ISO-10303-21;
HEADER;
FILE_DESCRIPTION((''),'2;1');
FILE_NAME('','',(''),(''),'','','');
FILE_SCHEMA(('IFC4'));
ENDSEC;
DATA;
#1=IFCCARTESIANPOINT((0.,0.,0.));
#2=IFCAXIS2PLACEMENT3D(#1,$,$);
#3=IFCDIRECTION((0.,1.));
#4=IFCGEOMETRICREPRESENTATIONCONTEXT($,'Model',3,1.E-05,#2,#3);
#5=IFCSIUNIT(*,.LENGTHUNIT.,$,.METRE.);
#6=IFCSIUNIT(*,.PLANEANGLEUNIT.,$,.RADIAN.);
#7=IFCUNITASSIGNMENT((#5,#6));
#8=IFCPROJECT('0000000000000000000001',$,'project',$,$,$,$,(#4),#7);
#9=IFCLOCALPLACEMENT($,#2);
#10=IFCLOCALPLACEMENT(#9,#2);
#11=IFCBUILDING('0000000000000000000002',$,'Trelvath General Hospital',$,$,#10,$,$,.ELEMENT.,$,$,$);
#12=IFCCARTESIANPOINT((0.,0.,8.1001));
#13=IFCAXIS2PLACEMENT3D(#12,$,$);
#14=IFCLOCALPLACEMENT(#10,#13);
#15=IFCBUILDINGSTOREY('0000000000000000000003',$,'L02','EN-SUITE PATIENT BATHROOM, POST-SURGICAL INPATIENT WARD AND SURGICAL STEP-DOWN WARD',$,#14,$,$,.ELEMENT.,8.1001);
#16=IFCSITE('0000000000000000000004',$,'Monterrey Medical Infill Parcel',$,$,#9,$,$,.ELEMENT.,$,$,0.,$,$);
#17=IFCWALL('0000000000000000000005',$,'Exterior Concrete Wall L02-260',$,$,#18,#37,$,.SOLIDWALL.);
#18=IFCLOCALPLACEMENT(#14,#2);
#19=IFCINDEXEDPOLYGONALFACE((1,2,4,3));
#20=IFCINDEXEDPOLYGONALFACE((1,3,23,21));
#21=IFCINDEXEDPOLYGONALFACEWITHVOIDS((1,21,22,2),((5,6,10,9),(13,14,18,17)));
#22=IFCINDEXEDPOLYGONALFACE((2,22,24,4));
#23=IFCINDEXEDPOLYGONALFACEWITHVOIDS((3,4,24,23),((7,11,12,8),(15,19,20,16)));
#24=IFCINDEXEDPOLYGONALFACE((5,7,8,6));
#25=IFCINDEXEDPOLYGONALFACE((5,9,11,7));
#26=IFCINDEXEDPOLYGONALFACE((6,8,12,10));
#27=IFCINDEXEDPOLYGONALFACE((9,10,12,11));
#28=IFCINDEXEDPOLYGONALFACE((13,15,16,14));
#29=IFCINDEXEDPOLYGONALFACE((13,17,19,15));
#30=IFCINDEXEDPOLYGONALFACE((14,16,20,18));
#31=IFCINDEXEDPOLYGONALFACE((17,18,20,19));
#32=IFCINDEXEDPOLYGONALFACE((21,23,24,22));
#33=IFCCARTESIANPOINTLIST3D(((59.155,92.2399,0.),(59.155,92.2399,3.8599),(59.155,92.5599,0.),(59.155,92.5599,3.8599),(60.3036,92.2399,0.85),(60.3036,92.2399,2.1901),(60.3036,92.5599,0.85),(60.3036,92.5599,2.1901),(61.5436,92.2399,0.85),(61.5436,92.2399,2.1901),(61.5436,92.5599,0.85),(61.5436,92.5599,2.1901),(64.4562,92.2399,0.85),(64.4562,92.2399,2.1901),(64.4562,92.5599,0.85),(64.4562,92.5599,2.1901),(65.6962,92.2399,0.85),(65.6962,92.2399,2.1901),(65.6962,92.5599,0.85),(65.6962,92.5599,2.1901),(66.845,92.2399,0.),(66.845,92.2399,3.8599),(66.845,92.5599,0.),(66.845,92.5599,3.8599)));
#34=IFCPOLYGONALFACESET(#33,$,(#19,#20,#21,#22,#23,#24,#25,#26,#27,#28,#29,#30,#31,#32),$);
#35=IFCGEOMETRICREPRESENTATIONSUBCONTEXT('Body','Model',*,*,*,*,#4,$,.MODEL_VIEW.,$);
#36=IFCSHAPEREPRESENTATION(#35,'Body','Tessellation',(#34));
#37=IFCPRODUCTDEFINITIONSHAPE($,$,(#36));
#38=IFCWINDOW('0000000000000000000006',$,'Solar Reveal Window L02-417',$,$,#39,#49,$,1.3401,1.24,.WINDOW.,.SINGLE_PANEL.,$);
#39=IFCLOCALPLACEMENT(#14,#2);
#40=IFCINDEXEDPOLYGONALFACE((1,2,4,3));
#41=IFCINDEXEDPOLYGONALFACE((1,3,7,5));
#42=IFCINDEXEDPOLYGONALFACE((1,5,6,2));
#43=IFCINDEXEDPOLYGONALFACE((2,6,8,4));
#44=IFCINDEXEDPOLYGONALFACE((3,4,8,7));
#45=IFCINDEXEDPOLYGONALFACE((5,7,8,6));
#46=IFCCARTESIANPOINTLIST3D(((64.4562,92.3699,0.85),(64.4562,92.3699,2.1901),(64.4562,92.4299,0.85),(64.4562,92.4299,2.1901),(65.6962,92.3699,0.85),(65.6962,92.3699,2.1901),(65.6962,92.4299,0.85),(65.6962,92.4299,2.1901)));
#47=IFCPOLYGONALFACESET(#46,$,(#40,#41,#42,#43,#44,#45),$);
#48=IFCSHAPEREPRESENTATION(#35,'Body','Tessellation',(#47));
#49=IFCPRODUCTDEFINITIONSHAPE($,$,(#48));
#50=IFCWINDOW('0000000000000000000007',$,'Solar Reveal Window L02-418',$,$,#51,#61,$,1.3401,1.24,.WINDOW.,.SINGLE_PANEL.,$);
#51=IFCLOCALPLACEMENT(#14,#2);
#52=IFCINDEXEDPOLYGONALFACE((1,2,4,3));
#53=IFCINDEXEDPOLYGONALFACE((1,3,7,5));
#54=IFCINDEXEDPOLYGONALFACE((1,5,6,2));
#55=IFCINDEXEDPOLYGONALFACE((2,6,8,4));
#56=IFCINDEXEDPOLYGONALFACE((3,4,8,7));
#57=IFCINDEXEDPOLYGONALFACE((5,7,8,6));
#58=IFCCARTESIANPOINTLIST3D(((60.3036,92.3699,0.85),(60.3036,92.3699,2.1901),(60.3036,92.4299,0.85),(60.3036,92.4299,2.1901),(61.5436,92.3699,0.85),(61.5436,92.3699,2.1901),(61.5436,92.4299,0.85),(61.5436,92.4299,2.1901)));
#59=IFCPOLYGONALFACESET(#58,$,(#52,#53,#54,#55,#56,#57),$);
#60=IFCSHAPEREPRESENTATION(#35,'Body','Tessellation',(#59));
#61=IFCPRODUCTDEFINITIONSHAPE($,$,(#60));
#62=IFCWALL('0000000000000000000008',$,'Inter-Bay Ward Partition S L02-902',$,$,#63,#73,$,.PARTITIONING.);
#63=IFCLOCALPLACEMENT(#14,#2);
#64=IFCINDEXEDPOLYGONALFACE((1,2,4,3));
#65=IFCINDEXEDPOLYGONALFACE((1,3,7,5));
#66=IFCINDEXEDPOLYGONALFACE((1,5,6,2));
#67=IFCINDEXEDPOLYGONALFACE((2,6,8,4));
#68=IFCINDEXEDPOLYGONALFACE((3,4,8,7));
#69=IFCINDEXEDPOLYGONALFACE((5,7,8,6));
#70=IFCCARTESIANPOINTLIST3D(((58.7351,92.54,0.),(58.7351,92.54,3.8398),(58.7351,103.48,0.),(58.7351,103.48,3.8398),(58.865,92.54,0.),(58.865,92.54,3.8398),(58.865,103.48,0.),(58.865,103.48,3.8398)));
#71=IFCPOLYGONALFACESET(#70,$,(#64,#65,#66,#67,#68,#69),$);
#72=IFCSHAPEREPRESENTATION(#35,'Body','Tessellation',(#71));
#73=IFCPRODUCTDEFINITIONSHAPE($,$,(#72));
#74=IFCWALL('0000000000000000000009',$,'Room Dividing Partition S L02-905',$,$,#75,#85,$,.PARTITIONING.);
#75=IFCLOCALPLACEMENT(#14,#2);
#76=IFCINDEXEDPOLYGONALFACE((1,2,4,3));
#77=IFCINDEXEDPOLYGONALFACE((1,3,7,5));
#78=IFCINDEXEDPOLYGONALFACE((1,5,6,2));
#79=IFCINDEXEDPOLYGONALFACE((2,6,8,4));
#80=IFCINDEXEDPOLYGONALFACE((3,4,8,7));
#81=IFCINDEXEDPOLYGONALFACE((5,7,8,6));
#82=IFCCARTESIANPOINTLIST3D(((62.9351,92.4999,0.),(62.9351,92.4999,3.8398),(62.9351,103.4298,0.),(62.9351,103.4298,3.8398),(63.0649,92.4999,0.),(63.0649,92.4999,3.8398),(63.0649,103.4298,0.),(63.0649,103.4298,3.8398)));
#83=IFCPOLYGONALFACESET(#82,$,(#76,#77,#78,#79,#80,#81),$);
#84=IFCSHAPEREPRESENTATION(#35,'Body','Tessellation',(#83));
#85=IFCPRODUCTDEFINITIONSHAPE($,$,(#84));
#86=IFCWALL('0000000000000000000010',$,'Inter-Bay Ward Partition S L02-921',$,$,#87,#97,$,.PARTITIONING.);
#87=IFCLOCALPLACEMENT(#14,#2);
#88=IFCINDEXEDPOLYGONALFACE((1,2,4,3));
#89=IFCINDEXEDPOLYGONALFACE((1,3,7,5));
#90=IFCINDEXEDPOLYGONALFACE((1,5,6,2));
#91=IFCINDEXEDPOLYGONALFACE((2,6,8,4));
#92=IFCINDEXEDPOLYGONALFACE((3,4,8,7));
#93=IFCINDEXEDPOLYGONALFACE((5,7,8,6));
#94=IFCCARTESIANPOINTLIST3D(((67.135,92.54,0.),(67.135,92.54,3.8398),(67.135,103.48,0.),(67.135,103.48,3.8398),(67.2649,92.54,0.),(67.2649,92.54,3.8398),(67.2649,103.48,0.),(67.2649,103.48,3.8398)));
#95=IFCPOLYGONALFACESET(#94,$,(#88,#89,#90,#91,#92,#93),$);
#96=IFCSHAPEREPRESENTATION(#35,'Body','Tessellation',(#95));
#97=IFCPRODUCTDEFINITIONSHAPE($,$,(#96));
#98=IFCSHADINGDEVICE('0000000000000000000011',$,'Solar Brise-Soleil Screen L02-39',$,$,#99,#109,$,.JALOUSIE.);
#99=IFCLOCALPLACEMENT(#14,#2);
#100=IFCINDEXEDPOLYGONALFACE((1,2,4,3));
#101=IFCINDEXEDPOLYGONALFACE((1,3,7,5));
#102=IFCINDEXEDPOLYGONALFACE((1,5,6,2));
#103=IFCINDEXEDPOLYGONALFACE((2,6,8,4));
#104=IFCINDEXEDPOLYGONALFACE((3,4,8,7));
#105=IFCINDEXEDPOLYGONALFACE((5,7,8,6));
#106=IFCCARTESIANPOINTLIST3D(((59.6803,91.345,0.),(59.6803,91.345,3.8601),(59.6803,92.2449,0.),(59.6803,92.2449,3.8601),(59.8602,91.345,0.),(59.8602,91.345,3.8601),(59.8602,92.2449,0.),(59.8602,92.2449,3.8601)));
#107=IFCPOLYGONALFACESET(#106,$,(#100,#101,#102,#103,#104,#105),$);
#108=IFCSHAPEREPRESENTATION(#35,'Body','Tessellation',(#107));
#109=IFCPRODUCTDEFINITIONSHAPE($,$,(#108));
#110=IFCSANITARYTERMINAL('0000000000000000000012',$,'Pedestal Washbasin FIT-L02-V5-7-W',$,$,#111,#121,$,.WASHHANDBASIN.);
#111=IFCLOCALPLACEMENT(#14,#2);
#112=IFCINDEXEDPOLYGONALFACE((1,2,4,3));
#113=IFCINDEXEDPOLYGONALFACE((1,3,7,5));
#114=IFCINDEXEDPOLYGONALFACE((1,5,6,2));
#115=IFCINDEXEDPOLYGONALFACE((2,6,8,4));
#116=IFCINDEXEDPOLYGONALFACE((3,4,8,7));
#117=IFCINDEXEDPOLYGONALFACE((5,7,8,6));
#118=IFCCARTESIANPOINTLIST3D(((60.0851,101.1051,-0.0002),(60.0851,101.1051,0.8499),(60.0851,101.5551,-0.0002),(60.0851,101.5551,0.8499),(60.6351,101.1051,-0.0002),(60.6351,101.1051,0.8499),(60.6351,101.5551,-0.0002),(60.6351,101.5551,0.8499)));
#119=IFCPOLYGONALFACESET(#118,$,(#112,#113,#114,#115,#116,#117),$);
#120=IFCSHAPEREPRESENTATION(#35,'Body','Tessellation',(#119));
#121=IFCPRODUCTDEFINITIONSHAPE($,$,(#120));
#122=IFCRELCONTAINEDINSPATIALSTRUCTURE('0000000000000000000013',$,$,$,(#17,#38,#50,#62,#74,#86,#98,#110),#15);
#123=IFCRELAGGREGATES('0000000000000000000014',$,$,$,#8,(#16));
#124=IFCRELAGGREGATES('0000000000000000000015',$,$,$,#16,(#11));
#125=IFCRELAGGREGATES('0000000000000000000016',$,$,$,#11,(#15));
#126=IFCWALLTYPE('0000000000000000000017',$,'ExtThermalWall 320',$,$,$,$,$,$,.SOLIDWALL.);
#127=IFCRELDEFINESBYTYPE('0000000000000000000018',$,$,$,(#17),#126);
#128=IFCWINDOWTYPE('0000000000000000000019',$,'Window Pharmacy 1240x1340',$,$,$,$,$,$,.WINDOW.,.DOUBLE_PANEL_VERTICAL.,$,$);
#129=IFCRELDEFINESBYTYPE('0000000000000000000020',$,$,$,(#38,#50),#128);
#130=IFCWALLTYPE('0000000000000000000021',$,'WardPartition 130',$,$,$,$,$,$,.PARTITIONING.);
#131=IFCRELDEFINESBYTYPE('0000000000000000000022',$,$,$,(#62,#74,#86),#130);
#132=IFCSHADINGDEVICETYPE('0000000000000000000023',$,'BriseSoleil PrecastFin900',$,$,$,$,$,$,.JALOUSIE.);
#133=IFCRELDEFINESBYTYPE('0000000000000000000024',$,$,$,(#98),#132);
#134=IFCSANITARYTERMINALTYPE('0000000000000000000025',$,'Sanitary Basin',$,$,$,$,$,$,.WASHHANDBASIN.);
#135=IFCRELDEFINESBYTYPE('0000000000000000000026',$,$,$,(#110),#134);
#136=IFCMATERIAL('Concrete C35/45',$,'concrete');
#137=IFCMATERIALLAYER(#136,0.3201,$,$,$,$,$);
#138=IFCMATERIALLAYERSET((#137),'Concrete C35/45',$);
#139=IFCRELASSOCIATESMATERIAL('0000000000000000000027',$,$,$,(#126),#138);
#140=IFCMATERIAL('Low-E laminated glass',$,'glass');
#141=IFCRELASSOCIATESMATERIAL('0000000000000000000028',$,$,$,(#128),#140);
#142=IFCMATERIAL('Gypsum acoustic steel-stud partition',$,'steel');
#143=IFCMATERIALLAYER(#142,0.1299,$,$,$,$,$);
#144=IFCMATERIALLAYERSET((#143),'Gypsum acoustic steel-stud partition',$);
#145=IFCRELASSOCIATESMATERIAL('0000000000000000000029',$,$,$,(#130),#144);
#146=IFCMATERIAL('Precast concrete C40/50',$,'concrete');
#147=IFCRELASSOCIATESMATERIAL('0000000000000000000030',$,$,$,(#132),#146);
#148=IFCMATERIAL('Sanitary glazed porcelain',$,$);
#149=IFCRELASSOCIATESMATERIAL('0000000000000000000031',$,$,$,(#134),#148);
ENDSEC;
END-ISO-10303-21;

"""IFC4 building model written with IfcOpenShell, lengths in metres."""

from ifc_helpers import new_model, si_unit, direction, frame, frame_2d, origin, origin_2d, place, context, subcontext, project, spatial, rectangle, extrude, material, layer, layer_set, type_object, element, fill, save


model = new_model("IFC4")

# Units and contexts
model_context = context("Model", 3, precision=1e-05, world=origin(), true_north=direction((0.0, 1.0)))
body_context = subcontext(model_context, "Body", "Model", "MODEL_VIEW")
ifc_project = project(units=[si_unit("LENGTHUNIT", "METRE"), si_unit("PLANEANGLEUNIT", "RADIAN")], contexts=[model_context])

# Site, building, storey
site_placement = place(None, origin())
site = spatial("IfcSite", under=ifc_project, at=site_placement, Name="Monterrey Medical Infill Parcel", CompositionType="ELEMENT", RefElevation=0.0)
building_placement = place(site_placement, origin())
building = spatial("IfcBuilding", under=site, at=building_placement, Name="Trelvath General Hospital", CompositionType="ELEMENT")
storey_placement = place(building_placement, frame((0.0, 0.0, 8.1001)))
storey = spatial("IfcBuildingStorey", under=building, at=storey_placement, Name="L02", Description="EN-SUITE PATIENT BATHROOM, POST-SURGICAL INPATIENT WARD AND SURGICAL STEP-DOWN WARD", CompositionType="ELEMENT", Elevation=8.1001)

# Wall, openings, windows
ifc_material_1 = material(Name="Concrete C35/45", Category="concrete")
ifc_layer_1 = layer(ifc_material_1, 0.3201)
ifc_layer_set_1 = layer_set([ifc_layer_1], Name="Concrete C35/45")
wall_type_1 = type_object("IfcWallType", Name="ExtThermalWall 320", PredefinedType="SOLIDWALL", material=ifc_layer_set_1)
wall_1_placement = place(storey_placement, frame((66.845, 92.3999, 0.0), z_axis=(0.0, 0.0, 1.0), x_axis=(-1.0, 0.0, 0.0)))
wall_1 = element("IfcWall", 1, at=wall_1_placement, inside=storey, type_object=wall_type_1, Name="Exterior Concrete Wall L02-260", PredefinedType="SOLIDWALL", context=body_context, shape_type="SweptSolid", body=[
    extrude(rectangle(XDim=7.6899, YDim=0.3201, at=frame_2d((3.845, 0.0))), origin(), (0.0, 0.0, 1.0), 3.8599),
])
opening_1_placement = place(wall_1_placement, frame((1.1487, 0.0, 0.8501)))
opening_1 = element("IfcOpeningElement", 2, at=opening_1_placement, cuts=wall_1, PredefinedType="OPENING", context=body_context, shape_type="SweptSolid", body=[
    extrude(rectangle(XDim=1.24, YDim=1.3401, at=frame_2d((0.6201, 0.6699))), frame((0.0, 0.1699, 0.0), z_axis=(0.0, -1.0, 0.0), x_axis=(1.0, 0.0, 0.0)), (0.0, 0.0, 1.0), 0.3401),
])
opening_2_placement = place(wall_1_placement, frame((5.3013, 0.0, 0.8501)))
opening_2 = element("IfcOpeningElement", 3, at=opening_2_placement, cuts=wall_1, PredefinedType="OPENING", context=body_context, shape_type="SweptSolid", body=[
    extrude(rectangle(XDim=1.24, YDim=1.3401, at=frame_2d((0.6201, 0.6699))), frame((0.0, 0.1699, 0.0), z_axis=(0.0, -1.0, 0.0), x_axis=(1.0, 0.0, 0.0)), (0.0, 0.0, 1.0), 0.3401),
])
ifc_material_2 = material(Name="Low-E laminated glass", Category="glass")
window_type_1 = type_object("IfcWindowType", Name="Window Pharmacy 1240x1340", PartitioningType="DOUBLE_PANEL_VERTICAL", PredefinedType="WINDOW", material=ifc_material_2)
window_1_placement = place(opening_1_placement, origin())
window_1 = element("IfcWindow", 4, at=window_1_placement, inside=storey, type_object=window_type_1, Name="Solar Reveal Window L02-417", OverallHeight=1.3401, OverallWidth=1.24, PartitioningType="SINGLE_PANEL", PredefinedType="WINDOW", context=body_context, shape_type="SweptSolid", body=[
    extrude(rectangle(XDim=1.24, YDim=1.3401, at=frame_2d((0.6201, 0.6699))), frame((0.0, 0.03, 0.0), z_axis=(0.0, -1.0, 0.0), x_axis=(1.0, 0.0, 0.0)), (0.0, 0.0, 1.0), 0.0601),
])
fill(opening_1, window_1)
window_2_placement = place(opening_2_placement, origin())
window_2 = element("IfcWindow", 5, at=window_2_placement, inside=storey, type_object=window_type_1, Name="Solar Reveal Window L02-418", OverallHeight=1.3401, OverallWidth=1.24, PartitioningType="SINGLE_PANEL", PredefinedType="WINDOW", context=body_context, shape_type="SweptSolid", body=[
    extrude(rectangle(XDim=1.24, YDim=1.3401, at=frame_2d((0.6201, 0.6699))), frame((0.0, 0.03, 0.0), z_axis=(0.0, -1.0, 0.0), x_axis=(1.0, 0.0, 0.0)), (0.0, 0.0, 1.0), 0.0601),
])
fill(opening_2, window_2)

# Walls
ifc_material_3 = material(Name="Gypsum acoustic steel-stud partition", Category="steel")
ifc_layer_2 = layer(ifc_material_3, 0.1299)
ifc_layer_set_2 = layer_set([ifc_layer_2], Name="Gypsum acoustic steel-stud partition")
wall_type_2 = type_object("IfcWallType", Name="WardPartition 130", PredefinedType="PARTITIONING", material=ifc_layer_set_2)
wall_2_placement = place(storey_placement, frame((58.8, 92.54, 0.0), z_axis=(0.0, 0.0, 1.0), x_axis=(0.0, 1.0, 0.0)))
element("IfcWall", 6, at=wall_2_placement, inside=storey, type_object=wall_type_2, Name="Inter-Bay Ward Partition S L02-902", PredefinedType="PARTITIONING", context=body_context, shape_type="SweptSolid", body=[
    extrude(rectangle(XDim=10.9399, YDim=0.1299, at=frame_2d((5.47, 0.0))), origin(), (0.0, 0.0, 1.0), 3.8398),
])
wall_3_placement = place(storey_placement, frame((63.0, 92.5, 0.0), z_axis=(0.0, 0.0, 1.0), x_axis=(0.0, 1.0, 0.0)))
element("IfcWall", 7, at=wall_3_placement, inside=storey, type_object=wall_type_2, Name="Room Dividing Partition S L02-905", PredefinedType="PARTITIONING", context=body_context, shape_type="SweptSolid", body=[
    extrude(rectangle(XDim=10.9299, YDim=0.1299, at=frame_2d((5.4648, 0.0))), origin(), (0.0, 0.0, 1.0), 3.8398),
])
wall_4_placement = place(storey_placement, frame((67.2, 92.54, 0.0), z_axis=(0.0, 0.0, 1.0), x_axis=(0.0, 1.0, 0.0)))
element("IfcWall", 8, at=wall_4_placement, inside=storey, type_object=wall_type_2, Name="Inter-Bay Ward Partition S L02-921", PredefinedType="PARTITIONING", context=body_context, shape_type="SweptSolid", body=[
    extrude(rectangle(XDim=10.9399, YDim=0.1299, at=frame_2d((5.47, 0.0))), origin(), (0.0, 0.0, 1.0), 3.8398),
])

# Shading device
ifc_material_4 = material(Name="Precast concrete C40/50", Category="concrete")
shading_device_type = type_object("IfcShadingDeviceType", Name="BriseSoleil PrecastFin900", PredefinedType="JALOUSIE", material=ifc_material_4)
shading_device_placement = place(storey_placement, frame((59.7703, 91.7949, 0.0), z_axis=(0.0, 0.0, 1.0), x_axis=(0.0, -1.0, 0.0)))
element("IfcShadingDevice", 9, at=shading_device_placement, inside=storey, type_object=shading_device_type, Name="Solar Brise-Soleil Screen L02-39", PredefinedType="JALOUSIE", context=body_context, shape_type="SweptSolid", body=[
    extrude(rectangle(XDim=0.8999, YDim=0.1799, at=origin_2d()), origin(), (0.0, 0.0, 1.0), 3.8601),
])

# Sanitary terminal
ifc_material_5 = material(Name="Sanitary glazed porcelain")
sanitary_terminal_type = type_object("IfcSanitaryTerminalType", Name="Sanitary Basin", PredefinedType="WASHHANDBASIN", material=ifc_material_5)
sanitary_terminal_placement = place(storey_placement, frame((60.3601, 101.3301, -0.0002), z_axis=(0.0, 0.0, 1.0), x_axis=(1.0, 0.0, 0.0)))
element("IfcSanitaryTerminal", 10, at=sanitary_terminal_placement, inside=storey, type_object=sanitary_terminal_type, Name="Pedestal Washbasin FIT-L02-V5-7-W", PredefinedType="WASHHANDBASIN", context=body_context, shape_type="SweptSolid", body=[
    extrude(rectangle(XDim=0.55, YDim=0.45, at=origin_2d()), origin(), (0.0, 0.0, 1.0), 0.8501),
])

save(model, "model.ifc")
